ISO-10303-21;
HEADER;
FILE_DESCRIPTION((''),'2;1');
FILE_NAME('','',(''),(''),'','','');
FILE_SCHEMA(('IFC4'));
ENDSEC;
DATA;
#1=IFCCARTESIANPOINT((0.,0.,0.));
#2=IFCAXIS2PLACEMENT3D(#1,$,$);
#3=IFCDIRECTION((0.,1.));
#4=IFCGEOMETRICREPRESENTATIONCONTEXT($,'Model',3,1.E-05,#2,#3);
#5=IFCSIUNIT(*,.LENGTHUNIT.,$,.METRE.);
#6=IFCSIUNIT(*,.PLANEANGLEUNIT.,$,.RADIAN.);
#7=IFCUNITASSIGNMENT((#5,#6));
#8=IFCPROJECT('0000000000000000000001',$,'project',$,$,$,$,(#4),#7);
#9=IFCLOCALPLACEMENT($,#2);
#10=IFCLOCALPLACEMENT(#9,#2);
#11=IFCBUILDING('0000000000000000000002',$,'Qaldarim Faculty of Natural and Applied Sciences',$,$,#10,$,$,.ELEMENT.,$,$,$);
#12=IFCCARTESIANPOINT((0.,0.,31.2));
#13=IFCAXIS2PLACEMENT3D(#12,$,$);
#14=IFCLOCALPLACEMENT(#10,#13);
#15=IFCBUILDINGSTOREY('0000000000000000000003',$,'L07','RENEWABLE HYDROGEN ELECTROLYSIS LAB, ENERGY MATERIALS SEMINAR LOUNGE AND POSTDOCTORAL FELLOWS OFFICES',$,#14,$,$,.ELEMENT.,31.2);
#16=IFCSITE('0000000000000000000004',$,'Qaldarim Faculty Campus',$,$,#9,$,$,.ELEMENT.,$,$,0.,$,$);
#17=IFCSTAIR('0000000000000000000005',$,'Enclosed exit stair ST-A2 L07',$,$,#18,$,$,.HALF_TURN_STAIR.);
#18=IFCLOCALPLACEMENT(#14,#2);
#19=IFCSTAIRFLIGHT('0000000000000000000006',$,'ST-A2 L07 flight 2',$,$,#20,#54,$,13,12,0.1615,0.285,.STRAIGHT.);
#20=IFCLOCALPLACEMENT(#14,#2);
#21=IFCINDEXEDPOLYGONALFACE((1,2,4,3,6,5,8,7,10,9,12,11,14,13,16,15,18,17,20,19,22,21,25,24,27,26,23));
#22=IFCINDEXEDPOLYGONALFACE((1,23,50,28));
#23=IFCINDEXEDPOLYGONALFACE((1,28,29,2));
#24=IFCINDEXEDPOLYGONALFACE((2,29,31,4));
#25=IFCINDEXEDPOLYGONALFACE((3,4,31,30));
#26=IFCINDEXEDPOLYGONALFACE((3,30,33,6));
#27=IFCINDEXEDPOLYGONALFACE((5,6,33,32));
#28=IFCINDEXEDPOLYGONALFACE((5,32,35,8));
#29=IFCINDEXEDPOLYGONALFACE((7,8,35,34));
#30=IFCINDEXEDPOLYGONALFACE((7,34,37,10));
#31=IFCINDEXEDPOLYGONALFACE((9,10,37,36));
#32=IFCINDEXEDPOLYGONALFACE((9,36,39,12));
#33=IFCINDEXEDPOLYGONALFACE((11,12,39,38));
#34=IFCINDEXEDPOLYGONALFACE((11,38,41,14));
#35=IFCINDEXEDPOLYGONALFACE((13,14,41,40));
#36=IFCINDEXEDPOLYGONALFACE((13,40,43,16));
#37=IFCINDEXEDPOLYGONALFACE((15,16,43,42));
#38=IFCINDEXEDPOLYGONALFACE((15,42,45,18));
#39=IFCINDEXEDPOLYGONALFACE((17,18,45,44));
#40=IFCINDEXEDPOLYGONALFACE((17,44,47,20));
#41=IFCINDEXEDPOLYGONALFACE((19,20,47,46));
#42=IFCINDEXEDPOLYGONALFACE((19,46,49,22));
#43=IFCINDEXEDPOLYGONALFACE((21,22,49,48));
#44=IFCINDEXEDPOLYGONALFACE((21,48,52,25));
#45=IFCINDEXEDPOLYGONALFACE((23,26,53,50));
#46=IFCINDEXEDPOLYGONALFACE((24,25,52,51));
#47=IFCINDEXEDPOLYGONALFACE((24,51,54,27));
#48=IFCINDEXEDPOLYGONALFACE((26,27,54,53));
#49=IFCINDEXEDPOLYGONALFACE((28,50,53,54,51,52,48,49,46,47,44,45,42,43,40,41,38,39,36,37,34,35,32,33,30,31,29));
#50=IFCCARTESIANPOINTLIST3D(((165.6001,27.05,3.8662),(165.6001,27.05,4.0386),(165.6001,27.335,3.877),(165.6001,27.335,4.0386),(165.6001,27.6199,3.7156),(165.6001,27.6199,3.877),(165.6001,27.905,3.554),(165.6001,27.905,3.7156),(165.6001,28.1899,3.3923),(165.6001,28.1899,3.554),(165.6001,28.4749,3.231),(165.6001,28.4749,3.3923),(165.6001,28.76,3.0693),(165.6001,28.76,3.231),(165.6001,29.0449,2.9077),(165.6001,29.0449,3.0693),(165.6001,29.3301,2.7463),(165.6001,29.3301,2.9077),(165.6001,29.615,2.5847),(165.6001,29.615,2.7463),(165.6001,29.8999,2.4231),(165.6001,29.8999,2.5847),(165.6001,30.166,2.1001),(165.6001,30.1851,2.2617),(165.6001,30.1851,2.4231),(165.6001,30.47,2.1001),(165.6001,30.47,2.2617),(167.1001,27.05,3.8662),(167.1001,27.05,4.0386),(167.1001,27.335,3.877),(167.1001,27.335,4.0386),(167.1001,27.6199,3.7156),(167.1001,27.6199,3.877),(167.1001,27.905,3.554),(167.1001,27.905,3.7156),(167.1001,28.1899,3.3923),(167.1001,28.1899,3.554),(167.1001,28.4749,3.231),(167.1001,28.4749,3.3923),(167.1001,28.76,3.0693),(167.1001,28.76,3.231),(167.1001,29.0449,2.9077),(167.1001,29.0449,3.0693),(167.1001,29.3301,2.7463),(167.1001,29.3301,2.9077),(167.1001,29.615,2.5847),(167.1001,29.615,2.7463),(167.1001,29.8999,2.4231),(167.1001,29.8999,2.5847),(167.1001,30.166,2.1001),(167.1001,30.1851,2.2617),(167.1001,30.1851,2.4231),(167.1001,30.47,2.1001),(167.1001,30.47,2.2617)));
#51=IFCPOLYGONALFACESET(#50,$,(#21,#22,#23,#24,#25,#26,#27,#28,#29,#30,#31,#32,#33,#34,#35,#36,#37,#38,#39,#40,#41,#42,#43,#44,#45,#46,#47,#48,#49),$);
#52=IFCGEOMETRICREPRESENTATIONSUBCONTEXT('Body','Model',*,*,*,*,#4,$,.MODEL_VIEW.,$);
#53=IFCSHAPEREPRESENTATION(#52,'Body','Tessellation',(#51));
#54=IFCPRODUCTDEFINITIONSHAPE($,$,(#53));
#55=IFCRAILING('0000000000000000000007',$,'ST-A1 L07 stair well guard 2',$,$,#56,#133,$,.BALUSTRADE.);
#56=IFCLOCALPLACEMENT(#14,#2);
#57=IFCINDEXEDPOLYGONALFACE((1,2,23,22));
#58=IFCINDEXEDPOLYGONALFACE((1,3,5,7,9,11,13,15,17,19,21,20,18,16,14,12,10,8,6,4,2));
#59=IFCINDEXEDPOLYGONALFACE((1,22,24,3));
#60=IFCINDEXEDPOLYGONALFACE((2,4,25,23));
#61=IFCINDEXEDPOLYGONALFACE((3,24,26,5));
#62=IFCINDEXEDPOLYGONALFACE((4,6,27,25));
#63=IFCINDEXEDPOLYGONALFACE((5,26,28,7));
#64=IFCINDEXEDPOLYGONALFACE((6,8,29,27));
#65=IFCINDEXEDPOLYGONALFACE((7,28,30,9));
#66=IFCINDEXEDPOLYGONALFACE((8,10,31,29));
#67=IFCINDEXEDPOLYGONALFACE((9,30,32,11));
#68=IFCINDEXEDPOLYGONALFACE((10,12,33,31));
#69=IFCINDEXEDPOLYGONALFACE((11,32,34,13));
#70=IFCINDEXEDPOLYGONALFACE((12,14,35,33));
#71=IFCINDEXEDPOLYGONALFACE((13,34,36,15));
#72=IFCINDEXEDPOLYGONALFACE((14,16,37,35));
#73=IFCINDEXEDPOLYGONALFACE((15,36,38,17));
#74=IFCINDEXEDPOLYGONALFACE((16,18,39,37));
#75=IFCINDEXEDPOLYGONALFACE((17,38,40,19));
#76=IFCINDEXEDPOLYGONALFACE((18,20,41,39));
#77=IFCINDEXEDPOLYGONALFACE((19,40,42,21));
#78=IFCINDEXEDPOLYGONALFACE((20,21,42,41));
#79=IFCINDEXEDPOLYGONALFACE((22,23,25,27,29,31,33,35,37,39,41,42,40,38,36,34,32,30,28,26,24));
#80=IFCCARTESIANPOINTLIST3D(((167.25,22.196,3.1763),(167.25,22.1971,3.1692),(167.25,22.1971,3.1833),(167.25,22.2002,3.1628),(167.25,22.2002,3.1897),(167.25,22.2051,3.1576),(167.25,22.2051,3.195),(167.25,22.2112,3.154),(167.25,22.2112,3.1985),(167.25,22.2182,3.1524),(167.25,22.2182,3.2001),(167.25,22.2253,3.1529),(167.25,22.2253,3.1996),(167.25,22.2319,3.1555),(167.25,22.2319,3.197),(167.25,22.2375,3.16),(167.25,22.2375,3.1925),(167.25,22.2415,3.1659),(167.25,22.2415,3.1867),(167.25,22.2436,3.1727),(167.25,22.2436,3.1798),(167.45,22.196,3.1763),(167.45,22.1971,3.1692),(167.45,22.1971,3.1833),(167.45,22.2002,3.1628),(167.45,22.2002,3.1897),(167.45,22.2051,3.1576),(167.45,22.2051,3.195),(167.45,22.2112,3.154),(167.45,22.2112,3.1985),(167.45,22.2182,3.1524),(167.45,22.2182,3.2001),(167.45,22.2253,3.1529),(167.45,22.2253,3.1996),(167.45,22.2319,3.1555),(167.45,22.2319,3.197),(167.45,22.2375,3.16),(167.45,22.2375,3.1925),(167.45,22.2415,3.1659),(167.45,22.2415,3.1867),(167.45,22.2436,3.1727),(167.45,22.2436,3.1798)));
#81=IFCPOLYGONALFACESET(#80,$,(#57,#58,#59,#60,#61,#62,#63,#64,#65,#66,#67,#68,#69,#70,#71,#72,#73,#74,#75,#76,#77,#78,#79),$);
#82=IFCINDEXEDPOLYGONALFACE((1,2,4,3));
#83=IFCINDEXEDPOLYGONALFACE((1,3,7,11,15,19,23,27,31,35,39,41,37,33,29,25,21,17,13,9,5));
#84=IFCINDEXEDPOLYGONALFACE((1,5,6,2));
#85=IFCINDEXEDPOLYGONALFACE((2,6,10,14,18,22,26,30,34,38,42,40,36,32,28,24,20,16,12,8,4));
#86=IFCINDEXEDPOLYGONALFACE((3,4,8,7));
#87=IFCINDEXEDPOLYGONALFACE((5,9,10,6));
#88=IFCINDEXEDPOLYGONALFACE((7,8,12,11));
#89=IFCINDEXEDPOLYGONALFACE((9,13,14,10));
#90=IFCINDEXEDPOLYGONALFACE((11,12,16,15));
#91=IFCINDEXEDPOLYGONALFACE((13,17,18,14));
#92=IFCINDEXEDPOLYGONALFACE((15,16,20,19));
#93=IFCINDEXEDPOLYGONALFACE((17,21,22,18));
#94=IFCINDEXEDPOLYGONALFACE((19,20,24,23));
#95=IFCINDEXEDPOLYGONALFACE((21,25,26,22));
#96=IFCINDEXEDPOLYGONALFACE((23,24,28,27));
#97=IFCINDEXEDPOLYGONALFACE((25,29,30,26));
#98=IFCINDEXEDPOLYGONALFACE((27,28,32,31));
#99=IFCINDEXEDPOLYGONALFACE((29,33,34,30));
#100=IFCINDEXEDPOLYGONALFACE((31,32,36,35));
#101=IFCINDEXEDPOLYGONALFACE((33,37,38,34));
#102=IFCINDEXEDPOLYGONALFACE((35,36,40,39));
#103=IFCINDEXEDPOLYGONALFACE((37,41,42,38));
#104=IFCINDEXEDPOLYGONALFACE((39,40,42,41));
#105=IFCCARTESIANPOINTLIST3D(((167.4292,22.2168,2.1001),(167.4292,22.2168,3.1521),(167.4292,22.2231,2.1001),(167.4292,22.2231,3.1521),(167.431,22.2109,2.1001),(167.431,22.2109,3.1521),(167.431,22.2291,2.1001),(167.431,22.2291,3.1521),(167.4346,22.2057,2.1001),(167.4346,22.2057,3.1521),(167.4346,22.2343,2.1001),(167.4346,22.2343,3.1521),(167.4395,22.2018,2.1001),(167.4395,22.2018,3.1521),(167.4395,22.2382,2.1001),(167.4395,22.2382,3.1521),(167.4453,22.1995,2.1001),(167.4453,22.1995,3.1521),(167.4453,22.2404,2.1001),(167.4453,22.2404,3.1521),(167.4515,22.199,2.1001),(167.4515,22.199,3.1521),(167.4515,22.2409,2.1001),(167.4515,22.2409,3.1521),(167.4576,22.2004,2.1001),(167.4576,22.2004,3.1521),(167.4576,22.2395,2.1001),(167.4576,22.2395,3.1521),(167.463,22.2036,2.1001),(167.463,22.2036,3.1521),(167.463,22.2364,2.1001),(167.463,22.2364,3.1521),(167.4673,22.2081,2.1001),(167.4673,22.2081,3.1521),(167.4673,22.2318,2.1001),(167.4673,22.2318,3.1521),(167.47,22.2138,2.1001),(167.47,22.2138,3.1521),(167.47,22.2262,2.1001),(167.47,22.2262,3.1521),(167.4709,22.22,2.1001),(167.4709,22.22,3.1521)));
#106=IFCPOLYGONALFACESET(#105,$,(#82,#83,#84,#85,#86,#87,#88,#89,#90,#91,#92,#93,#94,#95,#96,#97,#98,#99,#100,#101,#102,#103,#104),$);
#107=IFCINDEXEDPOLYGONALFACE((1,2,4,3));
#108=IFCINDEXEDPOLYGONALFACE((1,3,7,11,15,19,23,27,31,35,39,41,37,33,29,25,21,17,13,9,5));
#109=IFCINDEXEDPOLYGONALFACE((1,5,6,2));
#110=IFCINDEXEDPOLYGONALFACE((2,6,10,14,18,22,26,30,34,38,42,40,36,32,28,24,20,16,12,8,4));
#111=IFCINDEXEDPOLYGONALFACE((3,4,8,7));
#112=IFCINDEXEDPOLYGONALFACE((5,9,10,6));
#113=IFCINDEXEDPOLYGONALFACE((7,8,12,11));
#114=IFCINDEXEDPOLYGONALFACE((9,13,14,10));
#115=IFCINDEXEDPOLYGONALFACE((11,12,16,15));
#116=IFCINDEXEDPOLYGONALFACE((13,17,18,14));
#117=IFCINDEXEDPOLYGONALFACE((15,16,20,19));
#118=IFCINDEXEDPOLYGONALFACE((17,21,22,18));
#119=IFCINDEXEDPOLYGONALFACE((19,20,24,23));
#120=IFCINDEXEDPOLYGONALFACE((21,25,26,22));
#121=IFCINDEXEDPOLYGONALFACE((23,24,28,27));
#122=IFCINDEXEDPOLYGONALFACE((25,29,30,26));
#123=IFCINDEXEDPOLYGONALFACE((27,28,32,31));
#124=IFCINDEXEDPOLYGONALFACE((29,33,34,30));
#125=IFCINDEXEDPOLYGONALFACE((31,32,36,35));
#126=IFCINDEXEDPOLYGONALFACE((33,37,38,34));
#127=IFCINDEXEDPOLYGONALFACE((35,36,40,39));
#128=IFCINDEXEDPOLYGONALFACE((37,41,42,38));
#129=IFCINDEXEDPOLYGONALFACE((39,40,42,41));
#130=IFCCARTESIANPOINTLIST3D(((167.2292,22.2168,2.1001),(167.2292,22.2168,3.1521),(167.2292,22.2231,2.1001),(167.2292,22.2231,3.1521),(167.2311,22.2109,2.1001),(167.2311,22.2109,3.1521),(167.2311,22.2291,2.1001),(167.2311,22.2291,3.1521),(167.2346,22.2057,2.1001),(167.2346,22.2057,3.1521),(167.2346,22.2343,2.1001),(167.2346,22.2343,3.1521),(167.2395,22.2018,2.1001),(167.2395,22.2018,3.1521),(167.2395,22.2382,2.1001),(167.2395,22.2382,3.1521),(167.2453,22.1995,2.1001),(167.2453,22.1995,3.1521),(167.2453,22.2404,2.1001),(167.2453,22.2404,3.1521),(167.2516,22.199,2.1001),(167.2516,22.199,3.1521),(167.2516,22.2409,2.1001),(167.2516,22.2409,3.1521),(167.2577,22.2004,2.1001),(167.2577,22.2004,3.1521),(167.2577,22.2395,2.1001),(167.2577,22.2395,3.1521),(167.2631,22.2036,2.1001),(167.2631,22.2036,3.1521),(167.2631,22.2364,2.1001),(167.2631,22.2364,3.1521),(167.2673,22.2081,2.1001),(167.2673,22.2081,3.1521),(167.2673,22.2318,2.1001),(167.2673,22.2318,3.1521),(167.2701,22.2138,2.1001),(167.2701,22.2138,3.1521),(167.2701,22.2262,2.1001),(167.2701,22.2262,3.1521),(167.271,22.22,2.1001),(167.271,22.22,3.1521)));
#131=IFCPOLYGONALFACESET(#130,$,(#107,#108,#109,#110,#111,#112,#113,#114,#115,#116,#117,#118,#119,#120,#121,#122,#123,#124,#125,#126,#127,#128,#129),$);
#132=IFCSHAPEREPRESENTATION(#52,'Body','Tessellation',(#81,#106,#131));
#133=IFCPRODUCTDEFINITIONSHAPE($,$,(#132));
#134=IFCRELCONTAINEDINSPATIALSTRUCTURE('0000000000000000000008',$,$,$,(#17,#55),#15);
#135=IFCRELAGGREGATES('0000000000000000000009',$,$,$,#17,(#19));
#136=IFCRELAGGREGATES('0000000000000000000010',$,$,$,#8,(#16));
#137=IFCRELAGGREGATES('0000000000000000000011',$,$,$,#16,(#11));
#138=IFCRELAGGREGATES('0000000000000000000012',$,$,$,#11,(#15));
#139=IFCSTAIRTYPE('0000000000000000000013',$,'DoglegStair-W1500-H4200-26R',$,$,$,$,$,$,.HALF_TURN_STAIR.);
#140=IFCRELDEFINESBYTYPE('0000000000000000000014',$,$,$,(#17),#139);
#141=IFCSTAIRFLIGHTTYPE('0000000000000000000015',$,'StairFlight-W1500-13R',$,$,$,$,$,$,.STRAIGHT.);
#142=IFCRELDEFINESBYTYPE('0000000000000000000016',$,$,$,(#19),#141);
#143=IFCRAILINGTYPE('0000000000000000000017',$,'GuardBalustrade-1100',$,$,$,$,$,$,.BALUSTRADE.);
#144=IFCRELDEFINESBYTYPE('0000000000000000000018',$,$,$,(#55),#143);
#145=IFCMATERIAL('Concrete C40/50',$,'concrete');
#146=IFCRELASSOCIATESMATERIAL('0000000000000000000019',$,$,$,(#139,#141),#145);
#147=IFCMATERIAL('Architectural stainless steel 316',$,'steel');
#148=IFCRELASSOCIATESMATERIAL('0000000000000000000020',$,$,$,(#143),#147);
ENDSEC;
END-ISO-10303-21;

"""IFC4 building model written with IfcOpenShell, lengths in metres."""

from ifc_helpers import new_model, si_unit, direction, frame, origin, origin_2d, place, context, subcontext, project, spatial, polyline, circle, outline, extrude, material, type_object, element, aggregate, save


model = new_model("IFC4")

# Units and contexts
model_context = context("Model", 3, precision=1e-05, world=origin(), true_north=direction((0.0, 1.0)))
body_context = subcontext(model_context, "Body", "Model", "MODEL_VIEW")
ifc_project = project(units=[si_unit("LENGTHUNIT", "METRE"), si_unit("PLANEANGLEUNIT", "RADIAN")], contexts=[model_context])

# Site, building, storey
site_placement = place(None, origin())
site = spatial("IfcSite", under=ifc_project, at=site_placement, Name="Qaldarim Faculty Campus", CompositionType="ELEMENT", RefElevation=0.0)
building_placement = place(site_placement, origin())
building = spatial("IfcBuilding", under=site, at=building_placement, Name="Qaldarim Faculty of Natural and Applied Sciences", CompositionType="ELEMENT")
storey_placement = place(building_placement, frame((0.0, 0.0, 31.2)))
storey = spatial("IfcBuildingStorey", under=building, at=storey_placement, Name="L07", Description="RENEWABLE HYDROGEN ELECTROLYSIS LAB, ENERGY MATERIALS SEMINAR LOUNGE AND POSTDOCTORAL FELLOWS OFFICES", CompositionType="ELEMENT", Elevation=31.2)

# Shared definitions
ifc_material_1 = material(Name="Concrete C40/50", Category="concrete")

# Shared definitions
ifc_material_2 = material(Name="Architectural stainless steel 316", Category="steel")

# Stair, stair flight
stair_type = type_object("IfcStairType", Name="DoglegStair-W1500-H4200-26R", PredefinedType="HALF_TURN_STAIR", material=ifc_material_1)
stair_placement = place(storey_placement, origin())
stair = element("IfcStair", 1, at=stair_placement, inside=storey, type_object=stair_type, Name="Enclosed exit stair ST-A2 L07", PredefinedType="HALF_TURN_STAIR")
stair_flight_type = type_object("IfcStairFlightType", Name="StairFlight-W1500-13R", PredefinedType="STRAIGHT", material=ifc_material_1)
stair_flight_1_placement = place(storey_placement, frame((166.3501, 30.47, 2.1001), z_axis=(0.0, 0.0, 1.0), x_axis=(0.0, -1.0, 0.0)))
stair_flight_1 = element("IfcStairFlight", 2, at=stair_flight_1_placement, type_object=stair_flight_type, Name="ST-A2 L07 flight 2", NumberOfRisers=13, NumberOfTreads=12, PredefinedType="STRAIGHT", RiserHeight=0.1615, TreadLength=0.285, context=body_context, shape_type="SweptSolid", body=[
    extrude(outline(polyline([(0.0, 0.0), (0.0, 0.1616), (0.2849, 0.1616), (0.2849, 0.323), (0.5701, 0.323), (0.5701, 0.4846), (0.855, 0.4846), (0.855, 0.6462), (1.1399, 0.6462), (1.1399, 0.8076), (1.425, 0.8076), (1.425, 0.9692), (1.71, 0.9692), (1.71, 1.1309), (1.9951, 1.1309), (1.9951, 1.2922), (2.28, 1.2922), (2.28, 1.4539), (2.5649, 1.4539), (2.5649, 1.6155), (2.8501, 1.6155), (2.8501, 1.7769), (3.135, 1.7769), (3.135, 1.9385), (3.4199, 1.9385), (3.4199, 2.1001), (3.4199, 1.7661), (0.304, 0.0), (0.0, 0.0)])), frame((0.0, 0.75, 0.0), z_axis=(0.0, -1.0, 0.0), x_axis=(1.0, 0.0, 0.0)), (0.0, 0.0, 1.0), 1.5),
])
aggregate(stair, [stair_flight_1])

# Railing
railing_type_1 = type_object("IfcRailingType", Name="GuardBalustrade-1100", PredefinedType="BALUSTRADE", material=ifc_material_2)
railing_1_placement = place(storey_placement, frame((167.45, 22.22, 2.1001)))
element("IfcRailing", 3, at=railing_1_placement, inside=storey, type_object=railing_type_1, Name="ST-A1 L07 stair well guard 2", PredefinedType="BALUSTRADE", context=body_context, shape_type="SweptSolid", body=[
    extrude(circle(Radius=0.0239, at=origin_2d()), frame((0.0, 0.0, 1.0762), z_axis=(-1.0, 0.0, 0.0), x_axis=(0.0, -1.0, 0.0)), (0.0, 0.0, 1.0), 0.2),
    extrude(circle(Radius=0.021, at=origin_2d()), origin(), (0.0, 0.0, 1.0), 1.052),
    extrude(circle(Radius=0.021, at=origin_2d()), frame((-0.2, 0.0, 0.0)), (0.0, 0.0, 1.0), 1.052),
])

save(model, "model.ifc")
